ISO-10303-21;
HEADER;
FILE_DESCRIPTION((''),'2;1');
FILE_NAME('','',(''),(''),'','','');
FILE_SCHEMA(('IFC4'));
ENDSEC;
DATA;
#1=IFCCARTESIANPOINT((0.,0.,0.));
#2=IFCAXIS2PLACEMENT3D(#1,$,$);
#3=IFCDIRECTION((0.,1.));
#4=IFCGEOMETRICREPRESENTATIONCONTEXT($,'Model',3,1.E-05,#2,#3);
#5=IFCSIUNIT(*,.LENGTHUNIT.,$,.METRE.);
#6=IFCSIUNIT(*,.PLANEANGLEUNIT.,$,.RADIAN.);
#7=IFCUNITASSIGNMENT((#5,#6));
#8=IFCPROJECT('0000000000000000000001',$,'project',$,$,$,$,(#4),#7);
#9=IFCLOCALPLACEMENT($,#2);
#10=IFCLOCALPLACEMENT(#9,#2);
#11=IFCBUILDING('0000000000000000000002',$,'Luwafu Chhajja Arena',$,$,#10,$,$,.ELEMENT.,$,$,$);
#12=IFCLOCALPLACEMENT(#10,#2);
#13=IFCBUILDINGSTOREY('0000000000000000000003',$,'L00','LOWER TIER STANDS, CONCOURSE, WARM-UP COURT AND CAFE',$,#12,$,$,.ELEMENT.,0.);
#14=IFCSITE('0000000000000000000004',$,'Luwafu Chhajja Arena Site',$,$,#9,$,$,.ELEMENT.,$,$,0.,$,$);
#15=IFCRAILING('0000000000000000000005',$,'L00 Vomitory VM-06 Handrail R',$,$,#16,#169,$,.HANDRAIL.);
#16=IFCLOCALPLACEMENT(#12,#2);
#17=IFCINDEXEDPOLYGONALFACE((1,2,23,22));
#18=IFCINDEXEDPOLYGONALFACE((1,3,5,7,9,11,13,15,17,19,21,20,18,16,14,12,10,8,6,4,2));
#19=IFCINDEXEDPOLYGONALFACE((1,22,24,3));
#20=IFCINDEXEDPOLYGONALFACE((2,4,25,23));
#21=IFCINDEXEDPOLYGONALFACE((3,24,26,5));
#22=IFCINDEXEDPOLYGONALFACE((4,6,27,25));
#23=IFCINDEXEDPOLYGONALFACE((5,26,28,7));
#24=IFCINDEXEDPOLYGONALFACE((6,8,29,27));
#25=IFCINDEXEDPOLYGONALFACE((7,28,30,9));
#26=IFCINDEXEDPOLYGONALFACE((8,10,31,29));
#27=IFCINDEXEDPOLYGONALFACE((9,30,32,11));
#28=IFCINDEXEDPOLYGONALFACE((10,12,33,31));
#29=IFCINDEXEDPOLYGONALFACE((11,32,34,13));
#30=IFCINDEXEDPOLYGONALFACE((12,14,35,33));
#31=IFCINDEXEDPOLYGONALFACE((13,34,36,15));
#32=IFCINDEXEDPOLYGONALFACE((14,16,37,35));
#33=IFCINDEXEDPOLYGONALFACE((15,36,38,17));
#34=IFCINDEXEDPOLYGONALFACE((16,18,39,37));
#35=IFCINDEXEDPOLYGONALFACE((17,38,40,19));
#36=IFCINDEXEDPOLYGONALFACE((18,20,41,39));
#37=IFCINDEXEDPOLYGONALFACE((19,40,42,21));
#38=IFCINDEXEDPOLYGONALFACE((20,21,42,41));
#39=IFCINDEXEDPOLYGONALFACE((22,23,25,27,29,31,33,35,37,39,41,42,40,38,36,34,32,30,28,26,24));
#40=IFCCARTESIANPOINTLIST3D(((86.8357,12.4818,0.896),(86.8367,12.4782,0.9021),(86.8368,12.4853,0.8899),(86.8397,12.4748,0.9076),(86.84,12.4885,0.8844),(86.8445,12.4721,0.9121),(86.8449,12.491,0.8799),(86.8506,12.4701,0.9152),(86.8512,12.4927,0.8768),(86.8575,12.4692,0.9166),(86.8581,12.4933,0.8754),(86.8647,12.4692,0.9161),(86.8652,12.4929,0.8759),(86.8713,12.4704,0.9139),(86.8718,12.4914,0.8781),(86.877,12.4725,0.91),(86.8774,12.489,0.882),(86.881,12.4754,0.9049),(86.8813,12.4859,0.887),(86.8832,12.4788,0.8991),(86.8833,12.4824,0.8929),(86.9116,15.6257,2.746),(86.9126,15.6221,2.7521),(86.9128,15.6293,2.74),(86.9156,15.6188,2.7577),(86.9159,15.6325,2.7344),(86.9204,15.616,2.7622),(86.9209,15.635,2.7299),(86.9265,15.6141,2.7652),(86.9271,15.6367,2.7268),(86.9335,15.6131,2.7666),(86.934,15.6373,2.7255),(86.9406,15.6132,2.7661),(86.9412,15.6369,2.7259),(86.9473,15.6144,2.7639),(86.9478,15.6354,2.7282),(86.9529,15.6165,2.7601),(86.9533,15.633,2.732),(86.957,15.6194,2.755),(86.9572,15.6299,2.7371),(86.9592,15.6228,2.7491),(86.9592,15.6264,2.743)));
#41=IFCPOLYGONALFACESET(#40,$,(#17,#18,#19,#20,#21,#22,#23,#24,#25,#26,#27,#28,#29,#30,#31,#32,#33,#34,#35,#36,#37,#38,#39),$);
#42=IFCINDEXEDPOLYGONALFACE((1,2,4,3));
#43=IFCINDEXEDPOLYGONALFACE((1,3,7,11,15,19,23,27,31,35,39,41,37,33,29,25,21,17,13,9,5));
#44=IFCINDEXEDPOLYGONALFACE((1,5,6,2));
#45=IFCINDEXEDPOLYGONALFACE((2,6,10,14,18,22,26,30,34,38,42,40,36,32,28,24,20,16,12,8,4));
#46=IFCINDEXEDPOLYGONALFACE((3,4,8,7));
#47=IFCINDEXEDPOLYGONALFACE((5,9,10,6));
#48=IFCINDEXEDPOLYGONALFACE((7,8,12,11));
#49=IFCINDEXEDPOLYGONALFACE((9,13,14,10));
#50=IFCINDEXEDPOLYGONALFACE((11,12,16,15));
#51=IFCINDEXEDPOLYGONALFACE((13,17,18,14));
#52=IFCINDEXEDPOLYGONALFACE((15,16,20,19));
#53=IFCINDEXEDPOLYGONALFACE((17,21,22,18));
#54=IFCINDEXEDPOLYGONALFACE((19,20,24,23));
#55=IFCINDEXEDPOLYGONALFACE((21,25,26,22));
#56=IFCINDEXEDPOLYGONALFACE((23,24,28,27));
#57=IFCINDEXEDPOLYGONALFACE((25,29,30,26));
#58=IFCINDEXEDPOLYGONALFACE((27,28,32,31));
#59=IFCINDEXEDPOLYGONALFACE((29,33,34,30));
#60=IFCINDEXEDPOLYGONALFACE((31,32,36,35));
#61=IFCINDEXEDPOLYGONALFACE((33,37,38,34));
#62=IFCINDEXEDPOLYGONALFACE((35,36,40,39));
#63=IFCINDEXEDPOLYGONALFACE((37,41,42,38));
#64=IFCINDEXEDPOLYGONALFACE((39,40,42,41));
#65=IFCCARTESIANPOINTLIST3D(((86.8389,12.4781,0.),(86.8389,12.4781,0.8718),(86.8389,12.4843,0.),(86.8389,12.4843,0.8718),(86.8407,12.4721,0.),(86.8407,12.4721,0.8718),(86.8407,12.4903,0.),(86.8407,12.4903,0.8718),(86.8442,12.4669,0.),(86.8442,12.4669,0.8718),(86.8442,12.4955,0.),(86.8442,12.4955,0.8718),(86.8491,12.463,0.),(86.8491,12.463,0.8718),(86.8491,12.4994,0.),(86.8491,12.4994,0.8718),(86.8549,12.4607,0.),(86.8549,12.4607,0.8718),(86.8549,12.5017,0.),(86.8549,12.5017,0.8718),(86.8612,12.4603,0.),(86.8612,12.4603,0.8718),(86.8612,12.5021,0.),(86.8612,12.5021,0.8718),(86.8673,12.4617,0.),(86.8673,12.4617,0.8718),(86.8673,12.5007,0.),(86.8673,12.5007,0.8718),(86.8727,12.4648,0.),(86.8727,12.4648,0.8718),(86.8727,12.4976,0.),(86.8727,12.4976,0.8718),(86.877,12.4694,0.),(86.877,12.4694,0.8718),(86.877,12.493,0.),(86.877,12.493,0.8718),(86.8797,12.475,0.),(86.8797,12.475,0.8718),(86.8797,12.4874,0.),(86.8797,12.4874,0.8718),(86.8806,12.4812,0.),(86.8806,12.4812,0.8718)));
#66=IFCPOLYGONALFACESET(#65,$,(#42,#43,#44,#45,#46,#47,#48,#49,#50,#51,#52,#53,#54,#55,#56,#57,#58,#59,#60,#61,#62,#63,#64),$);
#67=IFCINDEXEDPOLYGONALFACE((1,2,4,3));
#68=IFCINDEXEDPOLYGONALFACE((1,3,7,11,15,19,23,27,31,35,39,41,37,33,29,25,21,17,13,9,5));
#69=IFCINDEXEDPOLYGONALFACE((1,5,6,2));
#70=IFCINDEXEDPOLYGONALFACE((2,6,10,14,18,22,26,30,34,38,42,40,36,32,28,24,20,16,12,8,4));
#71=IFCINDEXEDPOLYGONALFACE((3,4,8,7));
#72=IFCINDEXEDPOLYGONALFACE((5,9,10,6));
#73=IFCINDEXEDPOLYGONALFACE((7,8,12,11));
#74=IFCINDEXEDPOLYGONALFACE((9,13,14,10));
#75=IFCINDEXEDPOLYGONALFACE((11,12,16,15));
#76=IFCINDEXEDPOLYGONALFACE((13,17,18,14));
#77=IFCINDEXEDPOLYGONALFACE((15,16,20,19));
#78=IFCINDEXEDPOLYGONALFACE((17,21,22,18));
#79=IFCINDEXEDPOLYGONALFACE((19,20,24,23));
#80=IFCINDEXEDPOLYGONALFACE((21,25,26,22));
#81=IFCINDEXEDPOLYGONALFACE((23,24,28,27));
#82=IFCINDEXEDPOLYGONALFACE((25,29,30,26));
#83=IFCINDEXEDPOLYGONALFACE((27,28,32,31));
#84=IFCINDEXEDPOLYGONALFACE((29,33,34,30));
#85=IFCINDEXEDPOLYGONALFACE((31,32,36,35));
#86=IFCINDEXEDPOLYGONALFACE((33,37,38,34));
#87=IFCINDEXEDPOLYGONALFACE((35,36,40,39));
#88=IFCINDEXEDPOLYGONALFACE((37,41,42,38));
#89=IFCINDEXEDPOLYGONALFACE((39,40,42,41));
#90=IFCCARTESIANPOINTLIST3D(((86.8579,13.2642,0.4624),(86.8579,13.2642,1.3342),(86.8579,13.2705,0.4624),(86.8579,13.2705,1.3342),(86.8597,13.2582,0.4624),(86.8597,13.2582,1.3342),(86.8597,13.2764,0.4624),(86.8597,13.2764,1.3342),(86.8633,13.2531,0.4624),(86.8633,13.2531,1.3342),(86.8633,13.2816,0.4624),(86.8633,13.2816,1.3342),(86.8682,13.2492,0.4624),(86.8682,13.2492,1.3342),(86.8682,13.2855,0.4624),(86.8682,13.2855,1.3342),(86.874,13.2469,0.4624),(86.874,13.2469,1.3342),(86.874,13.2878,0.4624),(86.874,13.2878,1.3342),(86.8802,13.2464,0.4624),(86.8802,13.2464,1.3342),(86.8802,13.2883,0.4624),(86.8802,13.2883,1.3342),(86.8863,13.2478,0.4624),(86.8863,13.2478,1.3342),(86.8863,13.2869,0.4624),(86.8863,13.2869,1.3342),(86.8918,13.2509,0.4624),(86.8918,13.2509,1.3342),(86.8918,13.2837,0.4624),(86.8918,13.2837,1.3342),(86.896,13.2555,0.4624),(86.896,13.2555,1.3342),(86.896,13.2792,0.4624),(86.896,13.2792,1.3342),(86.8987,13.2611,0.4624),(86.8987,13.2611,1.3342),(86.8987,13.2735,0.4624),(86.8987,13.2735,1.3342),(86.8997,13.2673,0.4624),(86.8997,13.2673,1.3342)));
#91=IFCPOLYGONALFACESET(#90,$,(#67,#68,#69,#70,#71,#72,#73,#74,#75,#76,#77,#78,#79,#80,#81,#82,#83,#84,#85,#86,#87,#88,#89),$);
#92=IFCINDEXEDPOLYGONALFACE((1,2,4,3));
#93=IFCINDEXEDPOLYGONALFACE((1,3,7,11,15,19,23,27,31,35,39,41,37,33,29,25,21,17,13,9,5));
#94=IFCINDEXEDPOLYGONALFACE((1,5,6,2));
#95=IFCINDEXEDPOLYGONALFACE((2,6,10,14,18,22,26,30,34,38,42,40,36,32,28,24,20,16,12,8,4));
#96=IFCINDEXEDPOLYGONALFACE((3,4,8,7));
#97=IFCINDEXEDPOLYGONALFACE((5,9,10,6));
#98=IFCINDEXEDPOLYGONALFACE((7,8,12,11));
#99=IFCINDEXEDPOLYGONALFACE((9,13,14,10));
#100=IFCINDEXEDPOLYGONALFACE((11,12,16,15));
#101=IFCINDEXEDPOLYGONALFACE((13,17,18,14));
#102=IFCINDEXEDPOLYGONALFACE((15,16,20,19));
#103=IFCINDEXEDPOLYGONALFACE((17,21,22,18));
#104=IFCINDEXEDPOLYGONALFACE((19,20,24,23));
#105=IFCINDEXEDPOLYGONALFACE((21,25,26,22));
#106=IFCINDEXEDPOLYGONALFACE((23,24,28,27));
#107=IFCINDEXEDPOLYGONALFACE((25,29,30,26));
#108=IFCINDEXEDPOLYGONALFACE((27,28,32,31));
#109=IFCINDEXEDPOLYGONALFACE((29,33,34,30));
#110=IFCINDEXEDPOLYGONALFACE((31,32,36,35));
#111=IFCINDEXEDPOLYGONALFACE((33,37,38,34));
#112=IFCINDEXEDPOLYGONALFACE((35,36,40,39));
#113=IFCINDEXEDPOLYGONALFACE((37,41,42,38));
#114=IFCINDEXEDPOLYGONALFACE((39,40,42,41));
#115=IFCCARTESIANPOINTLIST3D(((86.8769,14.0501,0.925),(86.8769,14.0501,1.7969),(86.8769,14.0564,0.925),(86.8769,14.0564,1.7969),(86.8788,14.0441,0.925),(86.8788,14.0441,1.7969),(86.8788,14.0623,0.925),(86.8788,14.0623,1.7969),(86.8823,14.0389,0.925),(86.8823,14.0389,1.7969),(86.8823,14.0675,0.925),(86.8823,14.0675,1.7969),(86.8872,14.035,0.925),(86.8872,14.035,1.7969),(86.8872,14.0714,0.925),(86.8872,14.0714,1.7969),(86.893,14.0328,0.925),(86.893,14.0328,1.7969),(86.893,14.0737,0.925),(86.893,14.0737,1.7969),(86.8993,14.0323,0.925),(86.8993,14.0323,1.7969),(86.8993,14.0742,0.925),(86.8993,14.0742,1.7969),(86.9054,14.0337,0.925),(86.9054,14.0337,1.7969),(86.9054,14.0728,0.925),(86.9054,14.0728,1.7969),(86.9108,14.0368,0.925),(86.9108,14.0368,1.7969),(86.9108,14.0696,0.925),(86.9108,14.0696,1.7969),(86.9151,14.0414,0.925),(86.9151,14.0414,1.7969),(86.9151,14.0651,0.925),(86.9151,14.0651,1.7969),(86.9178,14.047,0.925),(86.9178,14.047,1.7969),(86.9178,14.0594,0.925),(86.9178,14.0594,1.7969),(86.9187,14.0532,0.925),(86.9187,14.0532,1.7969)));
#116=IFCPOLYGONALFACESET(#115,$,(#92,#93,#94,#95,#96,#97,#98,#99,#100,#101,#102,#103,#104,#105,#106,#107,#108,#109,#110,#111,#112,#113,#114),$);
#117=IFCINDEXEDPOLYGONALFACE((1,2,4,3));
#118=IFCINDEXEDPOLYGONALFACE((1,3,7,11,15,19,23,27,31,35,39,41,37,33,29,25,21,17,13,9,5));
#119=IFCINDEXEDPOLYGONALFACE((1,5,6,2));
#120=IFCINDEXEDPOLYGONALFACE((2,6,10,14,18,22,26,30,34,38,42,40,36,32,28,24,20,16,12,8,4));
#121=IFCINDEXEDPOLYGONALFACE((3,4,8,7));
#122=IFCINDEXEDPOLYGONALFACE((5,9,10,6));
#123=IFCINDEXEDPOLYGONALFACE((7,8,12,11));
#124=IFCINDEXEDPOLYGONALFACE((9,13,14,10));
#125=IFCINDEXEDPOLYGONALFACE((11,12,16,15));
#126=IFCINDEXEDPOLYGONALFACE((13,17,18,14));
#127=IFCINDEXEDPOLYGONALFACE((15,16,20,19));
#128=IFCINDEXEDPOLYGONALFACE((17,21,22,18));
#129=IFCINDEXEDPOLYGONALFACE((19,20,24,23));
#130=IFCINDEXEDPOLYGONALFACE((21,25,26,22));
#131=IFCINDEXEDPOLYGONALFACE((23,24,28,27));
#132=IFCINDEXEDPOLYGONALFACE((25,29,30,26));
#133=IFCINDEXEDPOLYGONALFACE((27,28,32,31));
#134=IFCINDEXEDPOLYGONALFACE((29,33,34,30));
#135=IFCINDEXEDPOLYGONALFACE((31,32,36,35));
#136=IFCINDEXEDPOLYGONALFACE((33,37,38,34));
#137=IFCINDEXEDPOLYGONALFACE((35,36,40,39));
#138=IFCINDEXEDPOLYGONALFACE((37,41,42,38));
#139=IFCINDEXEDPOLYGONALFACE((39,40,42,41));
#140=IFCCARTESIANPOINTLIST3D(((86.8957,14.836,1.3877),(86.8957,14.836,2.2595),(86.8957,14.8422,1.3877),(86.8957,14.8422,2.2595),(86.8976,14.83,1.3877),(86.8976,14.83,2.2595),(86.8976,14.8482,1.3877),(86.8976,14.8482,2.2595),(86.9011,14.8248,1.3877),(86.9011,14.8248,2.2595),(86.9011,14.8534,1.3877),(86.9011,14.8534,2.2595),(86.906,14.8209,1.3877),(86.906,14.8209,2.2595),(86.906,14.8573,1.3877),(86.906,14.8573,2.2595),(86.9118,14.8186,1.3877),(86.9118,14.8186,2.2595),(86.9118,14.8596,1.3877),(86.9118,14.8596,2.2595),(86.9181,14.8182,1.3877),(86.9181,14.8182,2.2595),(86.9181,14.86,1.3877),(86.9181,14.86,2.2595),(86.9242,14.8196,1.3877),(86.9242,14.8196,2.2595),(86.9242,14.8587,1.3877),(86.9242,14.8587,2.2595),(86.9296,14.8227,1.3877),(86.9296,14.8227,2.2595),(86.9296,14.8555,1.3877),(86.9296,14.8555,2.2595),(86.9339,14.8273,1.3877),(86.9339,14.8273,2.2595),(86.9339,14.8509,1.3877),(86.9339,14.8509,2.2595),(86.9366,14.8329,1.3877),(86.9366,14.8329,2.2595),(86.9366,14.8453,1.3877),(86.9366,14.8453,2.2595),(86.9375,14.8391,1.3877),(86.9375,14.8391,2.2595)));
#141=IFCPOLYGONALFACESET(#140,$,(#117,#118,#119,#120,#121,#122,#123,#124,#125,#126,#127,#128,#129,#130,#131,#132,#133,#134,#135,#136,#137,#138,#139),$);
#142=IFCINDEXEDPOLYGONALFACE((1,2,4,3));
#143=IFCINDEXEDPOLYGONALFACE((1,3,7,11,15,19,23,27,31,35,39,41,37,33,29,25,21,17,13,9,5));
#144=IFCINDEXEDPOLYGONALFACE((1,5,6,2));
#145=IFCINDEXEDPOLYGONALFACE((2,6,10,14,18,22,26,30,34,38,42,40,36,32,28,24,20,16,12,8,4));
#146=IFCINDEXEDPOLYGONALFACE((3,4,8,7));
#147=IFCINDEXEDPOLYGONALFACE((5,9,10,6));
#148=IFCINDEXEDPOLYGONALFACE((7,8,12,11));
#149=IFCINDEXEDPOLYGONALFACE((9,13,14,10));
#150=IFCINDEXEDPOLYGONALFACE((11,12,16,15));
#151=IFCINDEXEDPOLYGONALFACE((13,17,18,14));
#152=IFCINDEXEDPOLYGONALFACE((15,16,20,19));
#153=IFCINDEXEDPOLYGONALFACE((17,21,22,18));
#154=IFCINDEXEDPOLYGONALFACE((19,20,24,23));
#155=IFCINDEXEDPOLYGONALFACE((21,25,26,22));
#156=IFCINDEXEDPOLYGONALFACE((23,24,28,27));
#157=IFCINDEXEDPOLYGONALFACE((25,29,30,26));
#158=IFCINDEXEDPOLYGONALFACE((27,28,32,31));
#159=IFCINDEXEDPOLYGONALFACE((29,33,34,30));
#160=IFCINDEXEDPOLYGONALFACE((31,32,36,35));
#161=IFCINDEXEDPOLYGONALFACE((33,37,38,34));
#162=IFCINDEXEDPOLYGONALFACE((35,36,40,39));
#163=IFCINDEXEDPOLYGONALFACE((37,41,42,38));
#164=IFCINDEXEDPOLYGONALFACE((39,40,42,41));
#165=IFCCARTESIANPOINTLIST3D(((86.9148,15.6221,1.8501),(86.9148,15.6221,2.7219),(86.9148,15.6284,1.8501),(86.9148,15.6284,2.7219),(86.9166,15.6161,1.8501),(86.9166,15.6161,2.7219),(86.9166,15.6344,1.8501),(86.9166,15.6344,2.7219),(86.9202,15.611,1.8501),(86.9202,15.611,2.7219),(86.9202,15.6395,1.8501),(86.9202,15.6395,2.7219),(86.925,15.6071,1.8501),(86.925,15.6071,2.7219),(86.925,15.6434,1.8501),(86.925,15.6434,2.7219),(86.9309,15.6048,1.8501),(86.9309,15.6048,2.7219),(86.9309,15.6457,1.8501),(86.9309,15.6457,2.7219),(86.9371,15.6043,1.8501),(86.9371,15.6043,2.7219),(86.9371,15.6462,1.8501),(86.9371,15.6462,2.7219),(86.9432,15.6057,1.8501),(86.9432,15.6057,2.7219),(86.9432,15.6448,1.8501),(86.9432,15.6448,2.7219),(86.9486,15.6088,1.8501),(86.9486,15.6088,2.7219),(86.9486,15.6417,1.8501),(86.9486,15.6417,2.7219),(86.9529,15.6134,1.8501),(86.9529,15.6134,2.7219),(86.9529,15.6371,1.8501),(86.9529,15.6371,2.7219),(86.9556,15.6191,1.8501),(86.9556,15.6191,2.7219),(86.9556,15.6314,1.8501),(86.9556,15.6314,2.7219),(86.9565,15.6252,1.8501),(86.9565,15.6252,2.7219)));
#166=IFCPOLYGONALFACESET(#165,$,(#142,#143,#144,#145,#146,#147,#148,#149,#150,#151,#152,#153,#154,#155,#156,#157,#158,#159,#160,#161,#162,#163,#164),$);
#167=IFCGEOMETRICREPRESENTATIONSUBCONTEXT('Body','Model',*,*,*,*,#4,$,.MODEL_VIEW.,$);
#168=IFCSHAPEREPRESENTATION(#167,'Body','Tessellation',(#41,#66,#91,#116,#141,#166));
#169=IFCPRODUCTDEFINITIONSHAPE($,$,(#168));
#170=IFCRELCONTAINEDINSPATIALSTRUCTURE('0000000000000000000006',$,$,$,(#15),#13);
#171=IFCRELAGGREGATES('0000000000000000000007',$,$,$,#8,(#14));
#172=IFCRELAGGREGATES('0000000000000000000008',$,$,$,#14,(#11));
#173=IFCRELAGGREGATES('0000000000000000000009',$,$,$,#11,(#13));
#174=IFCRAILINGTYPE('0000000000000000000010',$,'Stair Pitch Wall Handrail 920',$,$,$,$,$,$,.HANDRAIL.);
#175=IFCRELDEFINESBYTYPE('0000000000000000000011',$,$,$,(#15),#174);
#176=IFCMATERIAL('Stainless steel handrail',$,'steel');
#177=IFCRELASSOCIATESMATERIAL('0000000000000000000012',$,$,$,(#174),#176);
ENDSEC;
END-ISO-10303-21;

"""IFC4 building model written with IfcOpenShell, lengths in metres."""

from ifc_helpers import new_model, si_unit, direction, frame, origin, origin_2d, place, context, subcontext, project, spatial, circle, extrude, material, type_object, element, save


model = new_model("IFC4")

# Units and contexts
model_context = context("Model", 3, precision=1e-05, world=origin(), true_north=direction((0.0, 1.0)))
body_context = subcontext(model_context, "Body", "Model", "MODEL_VIEW")
ifc_project = project(units=[si_unit("LENGTHUNIT", "METRE"), si_unit("PLANEANGLEUNIT", "RADIAN")], contexts=[model_context])

# Site, building, storey
site_placement = place(None, origin())
site = spatial("IfcSite", under=ifc_project, at=site_placement, Name="Luwafu Chhajja Arena Site", CompositionType="ELEMENT", RefElevation=0.0)
building_placement = place(site_placement, origin())
building = spatial("IfcBuilding", under=site, at=building_placement, Name="Luwafu Chhajja Arena", CompositionType="ELEMENT")
storey_placement = place(building_placement, origin())
storey = spatial("IfcBuildingStorey", under=building, at=storey_placement, Name="L00", Description="LOWER TIER STANDS, CONCOURSE, WARM-UP COURT AND CAFE", CompositionType="ELEMENT", Elevation=0.0)

# Railing
ifc_material_1 = material(Name="Stainless steel handrail", Category="steel")
railing_type_1 = type_object("IfcRailingType", Name="Stair Pitch Wall Handrail 920", PredefinedType="HANDRAIL", material=ifc_material_1)
railing_1_placement = place(storey_placement, frame((86.8596, 12.4812, 0.0)))
element("IfcRailing", 1, at=railing_1_placement, inside=storey, type_object=railing_type_1, Name="L00 Vomitory VM-06 Handrail R", PredefinedType="HANDRAIL", context=body_context, shape_type="SweptSolid", body=[
    extrude(circle(Radius=0.0239, at=origin_2d()), frame((0.0, 0.0, 0.896), z_axis=(0.020809, 0.861668, 0.507045), x_axis=(-0.999709, 0.024143, 0.0)), (0.0, 0.0, 1.0), 3.6487),
    extrude(circle(Radius=0.021, at=origin_2d()), origin(), (0.0, 0.0, 1.0), 0.8718),
    extrude(circle(Radius=0.021, at=origin_2d()), frame((0.019, 0.7861, 0.4624)), (0.0, 0.0, 1.0), 0.8718),
    extrude(circle(Radius=0.021, at=origin_2d()), frame((0.0381, 1.572, 0.925)), (0.0, 0.0, 1.0), 0.8718),
    extrude(circle(Radius=0.021, at=origin_2d()), frame((0.0569, 2.3579, 1.3877)), (0.0, 0.0, 1.0), 0.8718),
    extrude(circle(Radius=0.021, at=origin_2d()), frame((0.0759, 3.144, 1.8501)), (0.0, 0.0, 1.0), 0.8718),
])

save(model, "model.ifc")
